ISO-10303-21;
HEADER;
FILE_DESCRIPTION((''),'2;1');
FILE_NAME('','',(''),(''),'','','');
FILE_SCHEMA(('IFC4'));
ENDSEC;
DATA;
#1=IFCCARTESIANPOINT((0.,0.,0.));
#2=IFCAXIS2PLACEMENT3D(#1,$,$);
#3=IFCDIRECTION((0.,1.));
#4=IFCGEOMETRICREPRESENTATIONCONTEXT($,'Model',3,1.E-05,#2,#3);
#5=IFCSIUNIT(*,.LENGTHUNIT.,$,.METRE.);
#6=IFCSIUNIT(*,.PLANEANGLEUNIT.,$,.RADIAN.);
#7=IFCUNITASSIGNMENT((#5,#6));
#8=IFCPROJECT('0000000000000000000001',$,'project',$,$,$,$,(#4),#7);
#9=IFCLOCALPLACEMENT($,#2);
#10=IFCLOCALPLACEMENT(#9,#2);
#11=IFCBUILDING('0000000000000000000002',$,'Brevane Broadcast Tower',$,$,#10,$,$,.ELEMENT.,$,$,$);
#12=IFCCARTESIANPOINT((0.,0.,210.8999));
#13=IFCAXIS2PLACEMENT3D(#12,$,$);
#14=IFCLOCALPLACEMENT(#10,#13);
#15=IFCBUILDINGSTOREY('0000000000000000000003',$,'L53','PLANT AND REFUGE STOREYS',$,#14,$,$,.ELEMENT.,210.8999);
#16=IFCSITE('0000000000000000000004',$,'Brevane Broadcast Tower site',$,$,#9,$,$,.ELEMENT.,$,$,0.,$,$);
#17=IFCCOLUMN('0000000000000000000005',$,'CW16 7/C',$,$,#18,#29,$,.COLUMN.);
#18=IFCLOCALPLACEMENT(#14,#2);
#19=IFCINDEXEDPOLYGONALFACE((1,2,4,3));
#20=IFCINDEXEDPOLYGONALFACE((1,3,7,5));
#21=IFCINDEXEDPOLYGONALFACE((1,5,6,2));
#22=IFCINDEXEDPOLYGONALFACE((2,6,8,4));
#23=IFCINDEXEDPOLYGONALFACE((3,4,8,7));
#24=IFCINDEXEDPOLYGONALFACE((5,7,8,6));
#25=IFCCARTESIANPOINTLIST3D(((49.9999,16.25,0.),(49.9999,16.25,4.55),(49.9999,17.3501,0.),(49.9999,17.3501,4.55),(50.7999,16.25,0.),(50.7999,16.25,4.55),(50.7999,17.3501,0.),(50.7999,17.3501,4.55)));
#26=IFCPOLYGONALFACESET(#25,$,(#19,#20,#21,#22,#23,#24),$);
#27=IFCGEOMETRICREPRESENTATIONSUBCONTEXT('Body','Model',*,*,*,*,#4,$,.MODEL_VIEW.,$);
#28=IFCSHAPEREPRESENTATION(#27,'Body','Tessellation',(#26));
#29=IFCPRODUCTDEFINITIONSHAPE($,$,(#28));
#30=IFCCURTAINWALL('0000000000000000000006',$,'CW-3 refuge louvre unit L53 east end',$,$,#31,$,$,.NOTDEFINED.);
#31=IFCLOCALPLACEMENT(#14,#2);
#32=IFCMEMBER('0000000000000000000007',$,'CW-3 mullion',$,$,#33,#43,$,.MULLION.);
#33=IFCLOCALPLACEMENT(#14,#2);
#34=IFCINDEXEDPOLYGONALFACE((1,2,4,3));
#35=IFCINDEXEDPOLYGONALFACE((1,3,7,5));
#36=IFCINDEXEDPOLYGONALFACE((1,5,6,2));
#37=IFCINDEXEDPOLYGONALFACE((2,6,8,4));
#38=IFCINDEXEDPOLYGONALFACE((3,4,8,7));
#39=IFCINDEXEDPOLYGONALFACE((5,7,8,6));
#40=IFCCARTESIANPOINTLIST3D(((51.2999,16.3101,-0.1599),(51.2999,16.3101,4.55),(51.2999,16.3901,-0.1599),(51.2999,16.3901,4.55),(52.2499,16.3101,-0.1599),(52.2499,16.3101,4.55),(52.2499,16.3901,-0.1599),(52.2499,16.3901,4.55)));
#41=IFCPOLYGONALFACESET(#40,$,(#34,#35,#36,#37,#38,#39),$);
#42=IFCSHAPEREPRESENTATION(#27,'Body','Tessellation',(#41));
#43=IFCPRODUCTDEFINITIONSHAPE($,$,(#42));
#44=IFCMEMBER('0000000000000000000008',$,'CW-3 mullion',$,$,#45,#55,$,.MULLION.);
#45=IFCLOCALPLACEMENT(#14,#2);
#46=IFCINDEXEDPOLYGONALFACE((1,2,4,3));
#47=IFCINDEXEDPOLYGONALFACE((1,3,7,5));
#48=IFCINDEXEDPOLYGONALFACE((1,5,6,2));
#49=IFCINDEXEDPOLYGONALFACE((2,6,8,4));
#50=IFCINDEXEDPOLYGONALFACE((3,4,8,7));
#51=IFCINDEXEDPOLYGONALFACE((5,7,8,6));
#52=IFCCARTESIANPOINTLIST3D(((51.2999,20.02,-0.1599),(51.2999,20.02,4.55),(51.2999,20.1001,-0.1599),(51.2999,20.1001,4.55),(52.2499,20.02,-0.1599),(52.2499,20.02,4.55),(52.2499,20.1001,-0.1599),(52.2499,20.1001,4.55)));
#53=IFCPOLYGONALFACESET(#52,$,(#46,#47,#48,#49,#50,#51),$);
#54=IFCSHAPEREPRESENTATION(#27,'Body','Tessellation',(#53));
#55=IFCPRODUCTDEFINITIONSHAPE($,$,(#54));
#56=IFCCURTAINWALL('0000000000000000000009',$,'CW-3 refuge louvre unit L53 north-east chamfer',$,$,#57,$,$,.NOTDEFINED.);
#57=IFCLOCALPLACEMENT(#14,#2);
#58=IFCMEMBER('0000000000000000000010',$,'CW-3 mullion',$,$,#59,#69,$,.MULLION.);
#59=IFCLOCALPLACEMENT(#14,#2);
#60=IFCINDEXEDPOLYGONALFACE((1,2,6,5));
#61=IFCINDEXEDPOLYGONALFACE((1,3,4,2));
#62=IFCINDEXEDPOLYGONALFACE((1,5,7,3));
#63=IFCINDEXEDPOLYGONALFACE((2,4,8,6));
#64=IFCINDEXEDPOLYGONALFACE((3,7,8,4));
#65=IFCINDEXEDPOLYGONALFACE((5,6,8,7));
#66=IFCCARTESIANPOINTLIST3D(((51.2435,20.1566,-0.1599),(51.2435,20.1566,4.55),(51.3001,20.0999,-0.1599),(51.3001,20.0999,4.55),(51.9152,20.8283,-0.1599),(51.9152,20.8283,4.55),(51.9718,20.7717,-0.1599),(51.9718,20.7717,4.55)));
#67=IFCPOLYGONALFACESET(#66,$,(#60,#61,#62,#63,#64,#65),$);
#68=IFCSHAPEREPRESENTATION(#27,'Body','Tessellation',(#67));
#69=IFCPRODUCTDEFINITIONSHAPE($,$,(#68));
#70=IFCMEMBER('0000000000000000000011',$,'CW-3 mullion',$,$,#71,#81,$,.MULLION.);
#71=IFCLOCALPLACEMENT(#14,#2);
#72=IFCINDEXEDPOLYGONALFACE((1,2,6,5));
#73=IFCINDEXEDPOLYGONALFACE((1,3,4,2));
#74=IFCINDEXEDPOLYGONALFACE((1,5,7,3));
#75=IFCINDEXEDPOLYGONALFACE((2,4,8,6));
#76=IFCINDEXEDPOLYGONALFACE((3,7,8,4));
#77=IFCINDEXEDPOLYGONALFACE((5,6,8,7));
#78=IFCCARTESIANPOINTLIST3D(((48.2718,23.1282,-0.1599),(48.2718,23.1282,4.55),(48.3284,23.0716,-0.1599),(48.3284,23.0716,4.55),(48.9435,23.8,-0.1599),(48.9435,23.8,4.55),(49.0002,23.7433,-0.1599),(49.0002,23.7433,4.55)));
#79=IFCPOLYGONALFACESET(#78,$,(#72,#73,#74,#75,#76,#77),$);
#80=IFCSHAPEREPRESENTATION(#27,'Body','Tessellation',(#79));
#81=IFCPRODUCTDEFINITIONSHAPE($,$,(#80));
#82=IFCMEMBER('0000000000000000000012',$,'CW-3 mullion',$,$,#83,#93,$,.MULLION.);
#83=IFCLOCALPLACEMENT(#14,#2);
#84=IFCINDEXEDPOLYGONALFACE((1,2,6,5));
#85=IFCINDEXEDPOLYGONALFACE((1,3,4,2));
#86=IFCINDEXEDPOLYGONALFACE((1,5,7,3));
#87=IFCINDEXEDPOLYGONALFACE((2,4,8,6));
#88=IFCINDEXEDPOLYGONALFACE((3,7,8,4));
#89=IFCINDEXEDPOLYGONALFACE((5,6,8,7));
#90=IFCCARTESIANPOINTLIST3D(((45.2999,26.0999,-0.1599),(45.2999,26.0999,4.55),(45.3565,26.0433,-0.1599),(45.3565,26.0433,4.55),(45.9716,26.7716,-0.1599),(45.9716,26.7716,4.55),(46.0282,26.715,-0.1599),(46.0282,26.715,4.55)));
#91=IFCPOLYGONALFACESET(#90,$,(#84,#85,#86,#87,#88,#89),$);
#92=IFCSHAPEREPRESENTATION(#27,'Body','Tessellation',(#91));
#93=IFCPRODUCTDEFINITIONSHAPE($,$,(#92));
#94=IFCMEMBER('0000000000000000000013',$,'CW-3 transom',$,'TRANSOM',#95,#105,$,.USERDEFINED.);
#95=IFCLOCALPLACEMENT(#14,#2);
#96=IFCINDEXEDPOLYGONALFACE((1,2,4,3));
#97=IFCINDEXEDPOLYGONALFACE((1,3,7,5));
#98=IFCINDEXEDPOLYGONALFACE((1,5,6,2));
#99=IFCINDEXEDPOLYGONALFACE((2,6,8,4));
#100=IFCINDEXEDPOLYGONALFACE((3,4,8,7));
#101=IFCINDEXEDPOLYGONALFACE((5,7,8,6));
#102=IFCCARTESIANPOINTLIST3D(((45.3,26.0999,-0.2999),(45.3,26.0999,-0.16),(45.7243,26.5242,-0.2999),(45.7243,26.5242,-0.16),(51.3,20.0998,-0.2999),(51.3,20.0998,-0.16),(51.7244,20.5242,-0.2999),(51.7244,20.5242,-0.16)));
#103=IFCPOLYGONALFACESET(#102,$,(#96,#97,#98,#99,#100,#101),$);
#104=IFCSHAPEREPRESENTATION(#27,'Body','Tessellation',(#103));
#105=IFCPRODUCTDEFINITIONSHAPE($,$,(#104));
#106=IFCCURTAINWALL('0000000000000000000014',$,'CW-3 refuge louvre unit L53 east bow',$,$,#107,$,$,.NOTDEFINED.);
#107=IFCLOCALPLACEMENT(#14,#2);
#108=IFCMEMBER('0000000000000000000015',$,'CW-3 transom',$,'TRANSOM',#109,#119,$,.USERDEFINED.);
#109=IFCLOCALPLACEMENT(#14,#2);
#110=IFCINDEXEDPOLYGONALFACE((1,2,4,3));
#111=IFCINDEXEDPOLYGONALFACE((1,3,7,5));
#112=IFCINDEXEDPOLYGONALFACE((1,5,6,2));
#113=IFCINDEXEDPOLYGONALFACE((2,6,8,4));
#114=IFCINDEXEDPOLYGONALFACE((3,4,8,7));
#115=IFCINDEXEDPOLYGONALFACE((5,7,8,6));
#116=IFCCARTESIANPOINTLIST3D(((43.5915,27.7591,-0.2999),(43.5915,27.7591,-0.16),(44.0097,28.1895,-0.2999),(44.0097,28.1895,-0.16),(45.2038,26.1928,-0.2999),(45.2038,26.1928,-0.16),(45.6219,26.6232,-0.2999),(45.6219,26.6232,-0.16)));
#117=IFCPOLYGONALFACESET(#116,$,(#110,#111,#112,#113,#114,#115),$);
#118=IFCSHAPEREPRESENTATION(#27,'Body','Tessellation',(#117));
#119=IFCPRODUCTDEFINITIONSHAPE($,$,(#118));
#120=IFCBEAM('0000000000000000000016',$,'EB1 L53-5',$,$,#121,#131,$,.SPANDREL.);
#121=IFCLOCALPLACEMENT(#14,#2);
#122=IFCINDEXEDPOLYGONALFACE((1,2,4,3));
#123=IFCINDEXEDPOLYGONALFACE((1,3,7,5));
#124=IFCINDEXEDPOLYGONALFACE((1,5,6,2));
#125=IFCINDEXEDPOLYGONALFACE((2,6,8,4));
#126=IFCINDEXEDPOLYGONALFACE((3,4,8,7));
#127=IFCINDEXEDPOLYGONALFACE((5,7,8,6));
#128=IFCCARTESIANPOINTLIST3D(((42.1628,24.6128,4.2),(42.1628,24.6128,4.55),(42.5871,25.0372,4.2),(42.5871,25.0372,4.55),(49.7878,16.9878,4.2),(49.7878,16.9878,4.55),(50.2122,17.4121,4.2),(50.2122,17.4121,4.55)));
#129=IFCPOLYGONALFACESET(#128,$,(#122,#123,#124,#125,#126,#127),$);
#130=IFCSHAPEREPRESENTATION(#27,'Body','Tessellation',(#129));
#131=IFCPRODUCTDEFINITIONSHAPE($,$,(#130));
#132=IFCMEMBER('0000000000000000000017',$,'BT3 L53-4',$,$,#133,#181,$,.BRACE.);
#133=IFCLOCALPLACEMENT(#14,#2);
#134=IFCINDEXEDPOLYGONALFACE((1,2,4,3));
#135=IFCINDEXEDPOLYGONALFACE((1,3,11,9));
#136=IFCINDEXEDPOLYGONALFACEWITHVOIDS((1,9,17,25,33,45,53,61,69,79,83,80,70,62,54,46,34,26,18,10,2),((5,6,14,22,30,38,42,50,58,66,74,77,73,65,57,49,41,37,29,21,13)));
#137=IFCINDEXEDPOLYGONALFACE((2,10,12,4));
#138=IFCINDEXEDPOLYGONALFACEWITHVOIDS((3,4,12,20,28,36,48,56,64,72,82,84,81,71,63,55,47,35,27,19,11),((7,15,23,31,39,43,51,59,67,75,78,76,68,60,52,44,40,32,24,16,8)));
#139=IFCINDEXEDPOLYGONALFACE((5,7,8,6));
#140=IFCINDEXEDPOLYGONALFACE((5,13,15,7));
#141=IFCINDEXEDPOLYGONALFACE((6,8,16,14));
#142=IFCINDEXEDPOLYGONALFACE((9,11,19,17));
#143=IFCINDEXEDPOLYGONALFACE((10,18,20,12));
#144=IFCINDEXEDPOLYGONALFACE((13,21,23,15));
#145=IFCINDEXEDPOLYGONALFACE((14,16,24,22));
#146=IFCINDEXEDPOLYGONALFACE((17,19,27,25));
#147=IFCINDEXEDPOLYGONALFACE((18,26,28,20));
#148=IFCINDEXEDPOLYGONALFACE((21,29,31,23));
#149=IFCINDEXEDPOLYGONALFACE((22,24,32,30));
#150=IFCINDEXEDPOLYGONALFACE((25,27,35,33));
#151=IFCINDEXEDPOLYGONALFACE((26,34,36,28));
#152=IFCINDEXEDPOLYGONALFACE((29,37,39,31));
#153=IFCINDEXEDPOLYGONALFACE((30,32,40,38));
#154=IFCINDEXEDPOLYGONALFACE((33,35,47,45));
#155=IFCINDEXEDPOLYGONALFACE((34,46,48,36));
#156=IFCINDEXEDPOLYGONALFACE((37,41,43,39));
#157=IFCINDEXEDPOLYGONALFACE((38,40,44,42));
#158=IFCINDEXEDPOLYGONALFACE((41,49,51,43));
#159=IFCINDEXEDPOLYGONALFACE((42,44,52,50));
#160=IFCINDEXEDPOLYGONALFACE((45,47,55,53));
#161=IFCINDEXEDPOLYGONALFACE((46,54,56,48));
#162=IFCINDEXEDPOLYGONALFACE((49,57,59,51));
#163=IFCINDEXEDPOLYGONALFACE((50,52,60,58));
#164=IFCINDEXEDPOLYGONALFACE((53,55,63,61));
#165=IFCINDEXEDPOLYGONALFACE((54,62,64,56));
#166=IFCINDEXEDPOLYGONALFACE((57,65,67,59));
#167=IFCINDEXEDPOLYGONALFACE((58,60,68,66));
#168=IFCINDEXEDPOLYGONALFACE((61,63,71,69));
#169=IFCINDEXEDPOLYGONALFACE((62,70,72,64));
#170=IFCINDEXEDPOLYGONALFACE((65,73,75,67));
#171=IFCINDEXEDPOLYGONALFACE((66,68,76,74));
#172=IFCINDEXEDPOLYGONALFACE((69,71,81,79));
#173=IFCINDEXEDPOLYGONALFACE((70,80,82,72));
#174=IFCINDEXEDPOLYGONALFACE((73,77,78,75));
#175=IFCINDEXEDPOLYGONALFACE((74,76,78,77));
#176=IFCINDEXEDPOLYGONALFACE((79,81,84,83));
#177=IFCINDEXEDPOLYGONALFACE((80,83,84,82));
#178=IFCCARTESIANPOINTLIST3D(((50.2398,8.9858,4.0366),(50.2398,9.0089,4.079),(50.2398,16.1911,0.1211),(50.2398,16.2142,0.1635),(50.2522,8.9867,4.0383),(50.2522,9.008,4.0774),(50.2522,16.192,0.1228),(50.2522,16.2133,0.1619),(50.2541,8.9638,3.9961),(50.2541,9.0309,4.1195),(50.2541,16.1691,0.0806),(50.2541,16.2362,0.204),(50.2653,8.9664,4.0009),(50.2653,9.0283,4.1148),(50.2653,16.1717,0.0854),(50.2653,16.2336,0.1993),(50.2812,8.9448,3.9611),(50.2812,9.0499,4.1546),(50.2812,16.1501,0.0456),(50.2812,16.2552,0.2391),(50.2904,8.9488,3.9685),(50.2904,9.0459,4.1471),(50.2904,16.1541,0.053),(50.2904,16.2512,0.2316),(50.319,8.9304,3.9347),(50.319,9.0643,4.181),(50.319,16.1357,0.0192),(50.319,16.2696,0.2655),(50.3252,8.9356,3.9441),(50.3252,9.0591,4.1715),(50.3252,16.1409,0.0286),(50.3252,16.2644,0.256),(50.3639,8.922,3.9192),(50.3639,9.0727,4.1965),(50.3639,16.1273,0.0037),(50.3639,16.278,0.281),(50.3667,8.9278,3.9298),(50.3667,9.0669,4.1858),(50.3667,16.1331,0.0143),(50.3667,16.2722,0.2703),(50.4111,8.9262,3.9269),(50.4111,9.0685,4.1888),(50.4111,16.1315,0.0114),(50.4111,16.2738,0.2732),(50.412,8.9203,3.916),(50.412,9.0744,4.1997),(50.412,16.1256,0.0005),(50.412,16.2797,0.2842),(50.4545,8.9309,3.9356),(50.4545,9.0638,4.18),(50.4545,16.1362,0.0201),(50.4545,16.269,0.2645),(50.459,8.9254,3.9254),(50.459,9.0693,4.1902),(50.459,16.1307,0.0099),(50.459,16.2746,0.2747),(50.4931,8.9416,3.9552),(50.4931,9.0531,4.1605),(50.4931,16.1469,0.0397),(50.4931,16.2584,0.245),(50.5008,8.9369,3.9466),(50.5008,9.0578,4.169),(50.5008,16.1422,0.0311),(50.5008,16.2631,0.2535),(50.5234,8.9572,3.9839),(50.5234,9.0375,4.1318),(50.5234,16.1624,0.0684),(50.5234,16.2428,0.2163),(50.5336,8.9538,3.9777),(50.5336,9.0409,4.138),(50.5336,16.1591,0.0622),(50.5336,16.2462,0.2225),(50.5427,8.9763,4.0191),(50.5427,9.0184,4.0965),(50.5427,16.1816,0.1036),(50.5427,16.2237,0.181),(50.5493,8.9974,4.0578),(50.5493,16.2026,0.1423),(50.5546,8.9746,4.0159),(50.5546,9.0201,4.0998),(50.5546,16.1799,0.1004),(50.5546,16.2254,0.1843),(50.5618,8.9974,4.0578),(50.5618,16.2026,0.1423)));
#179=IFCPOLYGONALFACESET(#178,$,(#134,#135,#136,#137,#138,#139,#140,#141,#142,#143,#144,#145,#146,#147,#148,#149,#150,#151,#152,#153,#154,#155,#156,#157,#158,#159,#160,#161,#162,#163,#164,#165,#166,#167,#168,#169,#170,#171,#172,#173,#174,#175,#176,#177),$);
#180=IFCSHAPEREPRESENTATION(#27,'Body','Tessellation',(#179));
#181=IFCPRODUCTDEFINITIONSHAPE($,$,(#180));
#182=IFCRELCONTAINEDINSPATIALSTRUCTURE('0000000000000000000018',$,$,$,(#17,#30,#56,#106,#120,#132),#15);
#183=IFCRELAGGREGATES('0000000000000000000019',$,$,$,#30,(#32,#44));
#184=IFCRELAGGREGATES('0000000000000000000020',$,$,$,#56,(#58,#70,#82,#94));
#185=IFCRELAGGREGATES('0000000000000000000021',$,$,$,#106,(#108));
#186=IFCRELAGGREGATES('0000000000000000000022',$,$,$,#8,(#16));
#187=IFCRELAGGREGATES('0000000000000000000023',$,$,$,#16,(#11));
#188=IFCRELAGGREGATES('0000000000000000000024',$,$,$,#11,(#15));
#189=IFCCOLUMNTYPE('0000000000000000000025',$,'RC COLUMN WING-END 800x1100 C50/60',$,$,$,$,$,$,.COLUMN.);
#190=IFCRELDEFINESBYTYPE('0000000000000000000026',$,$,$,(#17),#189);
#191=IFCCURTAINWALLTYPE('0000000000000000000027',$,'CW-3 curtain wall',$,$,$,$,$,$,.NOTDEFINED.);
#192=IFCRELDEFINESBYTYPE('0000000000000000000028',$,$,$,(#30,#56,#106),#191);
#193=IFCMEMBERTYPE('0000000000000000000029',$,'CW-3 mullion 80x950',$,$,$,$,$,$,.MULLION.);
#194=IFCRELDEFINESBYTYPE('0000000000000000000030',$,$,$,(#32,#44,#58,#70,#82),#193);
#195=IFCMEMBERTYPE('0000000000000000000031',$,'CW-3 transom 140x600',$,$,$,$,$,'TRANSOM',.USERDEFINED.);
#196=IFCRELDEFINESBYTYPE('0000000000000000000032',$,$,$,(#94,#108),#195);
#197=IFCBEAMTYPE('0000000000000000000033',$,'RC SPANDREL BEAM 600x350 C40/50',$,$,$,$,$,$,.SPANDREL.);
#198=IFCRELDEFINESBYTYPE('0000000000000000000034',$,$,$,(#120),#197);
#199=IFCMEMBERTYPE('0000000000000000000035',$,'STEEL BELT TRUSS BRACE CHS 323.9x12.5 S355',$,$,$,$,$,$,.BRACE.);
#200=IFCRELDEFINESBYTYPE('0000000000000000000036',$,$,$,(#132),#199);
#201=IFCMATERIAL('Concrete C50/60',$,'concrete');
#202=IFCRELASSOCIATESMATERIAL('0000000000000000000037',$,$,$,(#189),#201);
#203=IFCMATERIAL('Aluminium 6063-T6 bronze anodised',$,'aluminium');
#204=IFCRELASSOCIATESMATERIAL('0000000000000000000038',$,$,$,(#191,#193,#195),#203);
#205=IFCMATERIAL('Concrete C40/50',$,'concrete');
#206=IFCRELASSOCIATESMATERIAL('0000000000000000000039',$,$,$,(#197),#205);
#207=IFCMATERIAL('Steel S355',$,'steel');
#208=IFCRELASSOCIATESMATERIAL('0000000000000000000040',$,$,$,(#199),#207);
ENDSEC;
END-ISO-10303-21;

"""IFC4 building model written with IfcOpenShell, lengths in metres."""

from ifc_helpers import new_model, si_unit, direction, frame, origin, origin_2d, place, context, subcontext, project, spatial, rectangle, hollow_circle, extrude, material, material_profile, profile_set, type_object, element, aggregate, save


model = new_model("IFC4")

# Units and contexts
model_context = context("Model", 3, precision=1e-05, world=origin(), true_north=direction((0.0, 1.0)))
body_context = subcontext(model_context, "Body", "Model", "MODEL_VIEW")
ifc_project = project(units=[si_unit("LENGTHUNIT", "METRE"), si_unit("PLANEANGLEUNIT", "RADIAN")], contexts=[model_context])

# Site, building, storey
site_placement = place(None, origin())
site = spatial("IfcSite", under=ifc_project, at=site_placement, Name="Brevane Broadcast Tower site", CompositionType="ELEMENT", RefElevation=0.0)
building_placement = place(site_placement, origin())
building = spatial("IfcBuilding", under=site, at=building_placement, Name="Brevane Broadcast Tower", CompositionType="ELEMENT")
storey_placement = place(building_placement, frame((0.0, 0.0, 210.8999)))
storey = spatial("IfcBuildingStorey", under=building, at=storey_placement, Name="L53", Description="PLANT AND REFUGE STOREYS", CompositionType="ELEMENT", Elevation=210.8999)

# Column
ifc_material_1 = material(Name="Concrete C50/60", Category="concrete")
ifc_material_profile_1 = material_profile(ifc_material_1, rectangle(XDim=0.8, YDim=1.1001, at=origin_2d()), Name="RC 800x1100")
ifc_profile_set_1 = profile_set([ifc_material_profile_1], Name="Concrete C50/60")
column_type = type_object("IfcColumnType", Name="RC COLUMN WING-END 800x1100 C50/60", PredefinedType="COLUMN", material=ifc_profile_set_1)
column_placement = place(storey_placement, frame((50.3999, 16.8, 0.0), z_axis=(0.0, 0.0, 1.0), x_axis=(1.0, 0.0, 0.0)))
element("IfcColumn", 1, at=column_placement, inside=storey, type_object=column_type, Name="CW16 7/C", PredefinedType="COLUMN", context=body_context, shape_type="SweptSolid", body=[
    extrude(rectangle(XDim=0.8, YDim=1.1001, at=origin_2d()), origin(), (0.0, 0.0, 1.0), 4.55),
])

# Curtain walls, members
ifc_material_2 = material(Name="Aluminium 6063-T6 bronze anodised", Category="aluminium")
curtain_wall_type = type_object("IfcCurtainWallType", Name="CW-3 curtain wall", PredefinedType="NOTDEFINED", material=ifc_material_2)
curtain_wall_1_placement = place(storey_placement, origin())
curtain_wall_1 = element("IfcCurtainWall", 2, at=curtain_wall_1_placement, inside=storey, type_object=curtain_wall_type, Name="CW-3 refuge louvre unit L53 east end", PredefinedType="NOTDEFINED")
ifc_material_profile_2 = material_profile(ifc_material_2, rectangle(XDim=0.95, YDim=0.0801, at=origin_2d()), Name="RECT 80x950")
ifc_profile_set_2 = profile_set([ifc_material_profile_2], Name="Aluminium 6063-T6 bronze anodised")
member_type_1 = type_object("IfcMemberType", Name="CW-3 mullion 80x950", PredefinedType="MULLION", material=ifc_profile_set_2)
member_1_placement = place(storey_placement, frame((51.7749, 16.3501, -0.1599), z_axis=(0.0, 0.0, 1.0), x_axis=(-1.0, 0.0, 0.0)))
member_1 = element("IfcMember", 3, at=member_1_placement, type_object=member_type_1, Name="CW-3 mullion", PredefinedType="MULLION", context=body_context, shape_type="SweptSolid", body=[
    extrude(rectangle(XDim=0.95, YDim=0.0801, at=origin_2d()), origin(), (0.0, 0.0, 1.0), 4.71),
])
member_2_placement = place(storey_placement, frame((51.7749, 20.0601, -0.1599), z_axis=(0.0, 0.0, 1.0), x_axis=(-1.0, 0.0, 0.0)))
member_2 = element("IfcMember", 4, at=member_2_placement, type_object=member_type_1, Name="CW-3 mullion", PredefinedType="MULLION", context=body_context, shape_type="SweptSolid", body=[
    extrude(rectangle(XDim=0.95, YDim=0.0801, at=origin_2d()), origin(), (0.0, 0.0, 1.0), 4.71),
])
aggregate(curtain_wall_1, [member_1, member_2])
curtain_wall_2_placement = place(storey_placement, origin())
curtain_wall_2 = element("IfcCurtainWall", 5, at=curtain_wall_2_placement, inside=storey, type_object=curtain_wall_type, Name="CW-3 refuge louvre unit L53 north-east chamfer", PredefinedType="NOTDEFINED")
member_3_placement = place(storey_placement, frame((51.6077, 20.4641, -0.1599), z_axis=(0.0, 0.0, 1.0), x_axis=(-0.707107, -0.707107, 0.0)))
member_3 = element("IfcMember", 6, at=member_3_placement, type_object=member_type_1, Name="CW-3 mullion", PredefinedType="MULLION", context=body_context, shape_type="SweptSolid", body=[
    extrude(rectangle(XDim=0.95, YDim=0.0801, at=origin_2d()), origin(), (0.0, 0.0, 1.0), 4.71),
])
member_4_placement = place(storey_placement, frame((48.636, 23.4358, -0.1599), z_axis=(0.0, 0.0, 1.0), x_axis=(-0.707107, -0.707107, 0.0)))
member_4 = element("IfcMember", 7, at=member_4_placement, type_object=member_type_1, Name="CW-3 mullion", PredefinedType="MULLION", context=body_context, shape_type="SweptSolid", body=[
    extrude(rectangle(XDim=0.95, YDim=0.0801, at=origin_2d()), origin(), (0.0, 0.0, 1.0), 4.71),
])
member_5_placement = place(storey_placement, frame((45.6641, 26.4075, -0.1599), z_axis=(0.0, 0.0, 1.0), x_axis=(-0.707107, -0.707107, 0.0)))
member_5 = element("IfcMember", 8, at=member_5_placement, type_object=member_type_1, Name="CW-3 mullion", PredefinedType="MULLION", context=body_context, shape_type="SweptSolid", body=[
    extrude(rectangle(XDim=0.95, YDim=0.0801, at=origin_2d()), origin(), (0.0, 0.0, 1.0), 4.71),
])
ifc_material_profile_3 = material_profile(ifc_material_2, rectangle(XDim=0.6001, YDim=0.1399, at=origin_2d()), Name="RECT 140x600")
ifc_profile_set_3 = profile_set([ifc_material_profile_3], Name="Aluminium 6063-T6 bronze anodised")
member_type_2 = type_object("IfcMemberType", Name="CW-3 transom 140x600", ElementType="TRANSOM", PredefinedType="USERDEFINED", material=ifc_profile_set_3)
member_6_placement = place(storey_placement, frame((51.5122, 20.312, -0.23), z_axis=(-0.707107, 0.707107, 0.0), x_axis=(-0.707107, -0.707107, 0.0)))
member_6 = element("IfcMember", 9, at=member_6_placement, type_object=member_type_2, Name="CW-3 transom", ObjectType="TRANSOM", PredefinedType="USERDEFINED", context=body_context, shape_type="SweptSolid", body=[
    extrude(rectangle(XDim=0.6001, YDim=0.1399, at=origin_2d()), origin(), (0.0, 0.0, 1.0), 8.4854),
])
aggregate(curtain_wall_2, [member_3, member_4, member_5, member_6])

# Curtain wall, member
curtain_wall_3_placement = place(storey_placement, origin())
curtain_wall_3 = element("IfcCurtainWall", 10, at=curtain_wall_3_placement, inside=storey, type_object=curtain_wall_type, Name="CW-3 refuge louvre unit L53 east bow", PredefinedType="NOTDEFINED")
member_7_placement = place(storey_placement, frame((45.4128, 26.408, -0.23), z_axis=(-0.717242, 0.696824, 0.0), x_axis=(-0.696824, -0.717242, 0.0)))
member_7 = element("IfcMember", 11, at=member_7_placement, type_object=member_type_2, Name="CW-3 transom", ObjectType="TRANSOM", PredefinedType="USERDEFINED", context=body_context, shape_type="SweptSolid", body=[
    extrude(rectangle(XDim=0.6001, YDim=0.1399, at=origin_2d()), origin(), (0.0, 0.0, 1.0), 2.2478),
])
aggregate(curtain_wall_3, [member_7])

# Beam
ifc_material_3 = material(Name="Concrete C40/50", Category="concrete")
ifc_material_profile_4 = material_profile(ifc_material_3, rectangle(XDim=0.6001, YDim=0.3501, at=origin_2d()), Name="RC 600x350")
ifc_profile_set_4 = profile_set([ifc_material_profile_4], Name="Concrete C40/50")
beam_type = type_object("IfcBeamType", Name="RC SPANDREL BEAM 600x350 C40/50", PredefinedType="SPANDREL", material=ifc_profile_set_4)
beam_placement = place(storey_placement, frame((50.0, 17.2, 4.375), z_axis=(-0.707107, 0.707107, 0.0), x_axis=(-0.707107, -0.707107, 0.0)))
element("IfcBeam", 12, at=beam_placement, inside=storey, type_object=beam_type, Name="EB1 L53-5", PredefinedType="SPANDREL", context=body_context, shape_type="SweptSolid", body=[
    extrude(rectangle(XDim=0.6001, YDim=0.3501, at=origin_2d()), origin(), (0.0, 0.0, 1.0), 10.7834),
])

# Member
ifc_material_4 = material(Name="Steel S355", Category="steel")
ifc_material_profile_5 = material_profile(ifc_material_4, hollow_circle(Radius=0.1619, WallThickness=0.0125, at=origin_2d()), Name="CHS 323.9x12.5")
ifc_profile_set_5 = profile_set([ifc_material_profile_5], Name="Steel S355")
member_type_3 = type_object("IfcMemberType", Name="STEEL BELT TRUSS BRACE CHS 323.9x12.5 S355", PredefinedType="BRACE", material=ifc_profile_set_5)
member_8_placement = place(storey_placement, frame((50.3999, 16.2026, 0.1423), z_axis=(0.0, -0.878645, 0.477475), x_axis=(1.0, 0.0, 0.0)))
element("IfcMember", 13, at=member_8_placement, inside=storey, type_object=member_type_3, Name="BT3 L53-4", PredefinedType="BRACE", context=body_context, shape_type="SweptSolid", body=[
    extrude(hollow_circle(Radius=0.1619, WallThickness=0.0125, at=origin_2d()), origin(), (0.0, 0.0, 1.0), 8.2004),
])

save(model, "model.ifc")
